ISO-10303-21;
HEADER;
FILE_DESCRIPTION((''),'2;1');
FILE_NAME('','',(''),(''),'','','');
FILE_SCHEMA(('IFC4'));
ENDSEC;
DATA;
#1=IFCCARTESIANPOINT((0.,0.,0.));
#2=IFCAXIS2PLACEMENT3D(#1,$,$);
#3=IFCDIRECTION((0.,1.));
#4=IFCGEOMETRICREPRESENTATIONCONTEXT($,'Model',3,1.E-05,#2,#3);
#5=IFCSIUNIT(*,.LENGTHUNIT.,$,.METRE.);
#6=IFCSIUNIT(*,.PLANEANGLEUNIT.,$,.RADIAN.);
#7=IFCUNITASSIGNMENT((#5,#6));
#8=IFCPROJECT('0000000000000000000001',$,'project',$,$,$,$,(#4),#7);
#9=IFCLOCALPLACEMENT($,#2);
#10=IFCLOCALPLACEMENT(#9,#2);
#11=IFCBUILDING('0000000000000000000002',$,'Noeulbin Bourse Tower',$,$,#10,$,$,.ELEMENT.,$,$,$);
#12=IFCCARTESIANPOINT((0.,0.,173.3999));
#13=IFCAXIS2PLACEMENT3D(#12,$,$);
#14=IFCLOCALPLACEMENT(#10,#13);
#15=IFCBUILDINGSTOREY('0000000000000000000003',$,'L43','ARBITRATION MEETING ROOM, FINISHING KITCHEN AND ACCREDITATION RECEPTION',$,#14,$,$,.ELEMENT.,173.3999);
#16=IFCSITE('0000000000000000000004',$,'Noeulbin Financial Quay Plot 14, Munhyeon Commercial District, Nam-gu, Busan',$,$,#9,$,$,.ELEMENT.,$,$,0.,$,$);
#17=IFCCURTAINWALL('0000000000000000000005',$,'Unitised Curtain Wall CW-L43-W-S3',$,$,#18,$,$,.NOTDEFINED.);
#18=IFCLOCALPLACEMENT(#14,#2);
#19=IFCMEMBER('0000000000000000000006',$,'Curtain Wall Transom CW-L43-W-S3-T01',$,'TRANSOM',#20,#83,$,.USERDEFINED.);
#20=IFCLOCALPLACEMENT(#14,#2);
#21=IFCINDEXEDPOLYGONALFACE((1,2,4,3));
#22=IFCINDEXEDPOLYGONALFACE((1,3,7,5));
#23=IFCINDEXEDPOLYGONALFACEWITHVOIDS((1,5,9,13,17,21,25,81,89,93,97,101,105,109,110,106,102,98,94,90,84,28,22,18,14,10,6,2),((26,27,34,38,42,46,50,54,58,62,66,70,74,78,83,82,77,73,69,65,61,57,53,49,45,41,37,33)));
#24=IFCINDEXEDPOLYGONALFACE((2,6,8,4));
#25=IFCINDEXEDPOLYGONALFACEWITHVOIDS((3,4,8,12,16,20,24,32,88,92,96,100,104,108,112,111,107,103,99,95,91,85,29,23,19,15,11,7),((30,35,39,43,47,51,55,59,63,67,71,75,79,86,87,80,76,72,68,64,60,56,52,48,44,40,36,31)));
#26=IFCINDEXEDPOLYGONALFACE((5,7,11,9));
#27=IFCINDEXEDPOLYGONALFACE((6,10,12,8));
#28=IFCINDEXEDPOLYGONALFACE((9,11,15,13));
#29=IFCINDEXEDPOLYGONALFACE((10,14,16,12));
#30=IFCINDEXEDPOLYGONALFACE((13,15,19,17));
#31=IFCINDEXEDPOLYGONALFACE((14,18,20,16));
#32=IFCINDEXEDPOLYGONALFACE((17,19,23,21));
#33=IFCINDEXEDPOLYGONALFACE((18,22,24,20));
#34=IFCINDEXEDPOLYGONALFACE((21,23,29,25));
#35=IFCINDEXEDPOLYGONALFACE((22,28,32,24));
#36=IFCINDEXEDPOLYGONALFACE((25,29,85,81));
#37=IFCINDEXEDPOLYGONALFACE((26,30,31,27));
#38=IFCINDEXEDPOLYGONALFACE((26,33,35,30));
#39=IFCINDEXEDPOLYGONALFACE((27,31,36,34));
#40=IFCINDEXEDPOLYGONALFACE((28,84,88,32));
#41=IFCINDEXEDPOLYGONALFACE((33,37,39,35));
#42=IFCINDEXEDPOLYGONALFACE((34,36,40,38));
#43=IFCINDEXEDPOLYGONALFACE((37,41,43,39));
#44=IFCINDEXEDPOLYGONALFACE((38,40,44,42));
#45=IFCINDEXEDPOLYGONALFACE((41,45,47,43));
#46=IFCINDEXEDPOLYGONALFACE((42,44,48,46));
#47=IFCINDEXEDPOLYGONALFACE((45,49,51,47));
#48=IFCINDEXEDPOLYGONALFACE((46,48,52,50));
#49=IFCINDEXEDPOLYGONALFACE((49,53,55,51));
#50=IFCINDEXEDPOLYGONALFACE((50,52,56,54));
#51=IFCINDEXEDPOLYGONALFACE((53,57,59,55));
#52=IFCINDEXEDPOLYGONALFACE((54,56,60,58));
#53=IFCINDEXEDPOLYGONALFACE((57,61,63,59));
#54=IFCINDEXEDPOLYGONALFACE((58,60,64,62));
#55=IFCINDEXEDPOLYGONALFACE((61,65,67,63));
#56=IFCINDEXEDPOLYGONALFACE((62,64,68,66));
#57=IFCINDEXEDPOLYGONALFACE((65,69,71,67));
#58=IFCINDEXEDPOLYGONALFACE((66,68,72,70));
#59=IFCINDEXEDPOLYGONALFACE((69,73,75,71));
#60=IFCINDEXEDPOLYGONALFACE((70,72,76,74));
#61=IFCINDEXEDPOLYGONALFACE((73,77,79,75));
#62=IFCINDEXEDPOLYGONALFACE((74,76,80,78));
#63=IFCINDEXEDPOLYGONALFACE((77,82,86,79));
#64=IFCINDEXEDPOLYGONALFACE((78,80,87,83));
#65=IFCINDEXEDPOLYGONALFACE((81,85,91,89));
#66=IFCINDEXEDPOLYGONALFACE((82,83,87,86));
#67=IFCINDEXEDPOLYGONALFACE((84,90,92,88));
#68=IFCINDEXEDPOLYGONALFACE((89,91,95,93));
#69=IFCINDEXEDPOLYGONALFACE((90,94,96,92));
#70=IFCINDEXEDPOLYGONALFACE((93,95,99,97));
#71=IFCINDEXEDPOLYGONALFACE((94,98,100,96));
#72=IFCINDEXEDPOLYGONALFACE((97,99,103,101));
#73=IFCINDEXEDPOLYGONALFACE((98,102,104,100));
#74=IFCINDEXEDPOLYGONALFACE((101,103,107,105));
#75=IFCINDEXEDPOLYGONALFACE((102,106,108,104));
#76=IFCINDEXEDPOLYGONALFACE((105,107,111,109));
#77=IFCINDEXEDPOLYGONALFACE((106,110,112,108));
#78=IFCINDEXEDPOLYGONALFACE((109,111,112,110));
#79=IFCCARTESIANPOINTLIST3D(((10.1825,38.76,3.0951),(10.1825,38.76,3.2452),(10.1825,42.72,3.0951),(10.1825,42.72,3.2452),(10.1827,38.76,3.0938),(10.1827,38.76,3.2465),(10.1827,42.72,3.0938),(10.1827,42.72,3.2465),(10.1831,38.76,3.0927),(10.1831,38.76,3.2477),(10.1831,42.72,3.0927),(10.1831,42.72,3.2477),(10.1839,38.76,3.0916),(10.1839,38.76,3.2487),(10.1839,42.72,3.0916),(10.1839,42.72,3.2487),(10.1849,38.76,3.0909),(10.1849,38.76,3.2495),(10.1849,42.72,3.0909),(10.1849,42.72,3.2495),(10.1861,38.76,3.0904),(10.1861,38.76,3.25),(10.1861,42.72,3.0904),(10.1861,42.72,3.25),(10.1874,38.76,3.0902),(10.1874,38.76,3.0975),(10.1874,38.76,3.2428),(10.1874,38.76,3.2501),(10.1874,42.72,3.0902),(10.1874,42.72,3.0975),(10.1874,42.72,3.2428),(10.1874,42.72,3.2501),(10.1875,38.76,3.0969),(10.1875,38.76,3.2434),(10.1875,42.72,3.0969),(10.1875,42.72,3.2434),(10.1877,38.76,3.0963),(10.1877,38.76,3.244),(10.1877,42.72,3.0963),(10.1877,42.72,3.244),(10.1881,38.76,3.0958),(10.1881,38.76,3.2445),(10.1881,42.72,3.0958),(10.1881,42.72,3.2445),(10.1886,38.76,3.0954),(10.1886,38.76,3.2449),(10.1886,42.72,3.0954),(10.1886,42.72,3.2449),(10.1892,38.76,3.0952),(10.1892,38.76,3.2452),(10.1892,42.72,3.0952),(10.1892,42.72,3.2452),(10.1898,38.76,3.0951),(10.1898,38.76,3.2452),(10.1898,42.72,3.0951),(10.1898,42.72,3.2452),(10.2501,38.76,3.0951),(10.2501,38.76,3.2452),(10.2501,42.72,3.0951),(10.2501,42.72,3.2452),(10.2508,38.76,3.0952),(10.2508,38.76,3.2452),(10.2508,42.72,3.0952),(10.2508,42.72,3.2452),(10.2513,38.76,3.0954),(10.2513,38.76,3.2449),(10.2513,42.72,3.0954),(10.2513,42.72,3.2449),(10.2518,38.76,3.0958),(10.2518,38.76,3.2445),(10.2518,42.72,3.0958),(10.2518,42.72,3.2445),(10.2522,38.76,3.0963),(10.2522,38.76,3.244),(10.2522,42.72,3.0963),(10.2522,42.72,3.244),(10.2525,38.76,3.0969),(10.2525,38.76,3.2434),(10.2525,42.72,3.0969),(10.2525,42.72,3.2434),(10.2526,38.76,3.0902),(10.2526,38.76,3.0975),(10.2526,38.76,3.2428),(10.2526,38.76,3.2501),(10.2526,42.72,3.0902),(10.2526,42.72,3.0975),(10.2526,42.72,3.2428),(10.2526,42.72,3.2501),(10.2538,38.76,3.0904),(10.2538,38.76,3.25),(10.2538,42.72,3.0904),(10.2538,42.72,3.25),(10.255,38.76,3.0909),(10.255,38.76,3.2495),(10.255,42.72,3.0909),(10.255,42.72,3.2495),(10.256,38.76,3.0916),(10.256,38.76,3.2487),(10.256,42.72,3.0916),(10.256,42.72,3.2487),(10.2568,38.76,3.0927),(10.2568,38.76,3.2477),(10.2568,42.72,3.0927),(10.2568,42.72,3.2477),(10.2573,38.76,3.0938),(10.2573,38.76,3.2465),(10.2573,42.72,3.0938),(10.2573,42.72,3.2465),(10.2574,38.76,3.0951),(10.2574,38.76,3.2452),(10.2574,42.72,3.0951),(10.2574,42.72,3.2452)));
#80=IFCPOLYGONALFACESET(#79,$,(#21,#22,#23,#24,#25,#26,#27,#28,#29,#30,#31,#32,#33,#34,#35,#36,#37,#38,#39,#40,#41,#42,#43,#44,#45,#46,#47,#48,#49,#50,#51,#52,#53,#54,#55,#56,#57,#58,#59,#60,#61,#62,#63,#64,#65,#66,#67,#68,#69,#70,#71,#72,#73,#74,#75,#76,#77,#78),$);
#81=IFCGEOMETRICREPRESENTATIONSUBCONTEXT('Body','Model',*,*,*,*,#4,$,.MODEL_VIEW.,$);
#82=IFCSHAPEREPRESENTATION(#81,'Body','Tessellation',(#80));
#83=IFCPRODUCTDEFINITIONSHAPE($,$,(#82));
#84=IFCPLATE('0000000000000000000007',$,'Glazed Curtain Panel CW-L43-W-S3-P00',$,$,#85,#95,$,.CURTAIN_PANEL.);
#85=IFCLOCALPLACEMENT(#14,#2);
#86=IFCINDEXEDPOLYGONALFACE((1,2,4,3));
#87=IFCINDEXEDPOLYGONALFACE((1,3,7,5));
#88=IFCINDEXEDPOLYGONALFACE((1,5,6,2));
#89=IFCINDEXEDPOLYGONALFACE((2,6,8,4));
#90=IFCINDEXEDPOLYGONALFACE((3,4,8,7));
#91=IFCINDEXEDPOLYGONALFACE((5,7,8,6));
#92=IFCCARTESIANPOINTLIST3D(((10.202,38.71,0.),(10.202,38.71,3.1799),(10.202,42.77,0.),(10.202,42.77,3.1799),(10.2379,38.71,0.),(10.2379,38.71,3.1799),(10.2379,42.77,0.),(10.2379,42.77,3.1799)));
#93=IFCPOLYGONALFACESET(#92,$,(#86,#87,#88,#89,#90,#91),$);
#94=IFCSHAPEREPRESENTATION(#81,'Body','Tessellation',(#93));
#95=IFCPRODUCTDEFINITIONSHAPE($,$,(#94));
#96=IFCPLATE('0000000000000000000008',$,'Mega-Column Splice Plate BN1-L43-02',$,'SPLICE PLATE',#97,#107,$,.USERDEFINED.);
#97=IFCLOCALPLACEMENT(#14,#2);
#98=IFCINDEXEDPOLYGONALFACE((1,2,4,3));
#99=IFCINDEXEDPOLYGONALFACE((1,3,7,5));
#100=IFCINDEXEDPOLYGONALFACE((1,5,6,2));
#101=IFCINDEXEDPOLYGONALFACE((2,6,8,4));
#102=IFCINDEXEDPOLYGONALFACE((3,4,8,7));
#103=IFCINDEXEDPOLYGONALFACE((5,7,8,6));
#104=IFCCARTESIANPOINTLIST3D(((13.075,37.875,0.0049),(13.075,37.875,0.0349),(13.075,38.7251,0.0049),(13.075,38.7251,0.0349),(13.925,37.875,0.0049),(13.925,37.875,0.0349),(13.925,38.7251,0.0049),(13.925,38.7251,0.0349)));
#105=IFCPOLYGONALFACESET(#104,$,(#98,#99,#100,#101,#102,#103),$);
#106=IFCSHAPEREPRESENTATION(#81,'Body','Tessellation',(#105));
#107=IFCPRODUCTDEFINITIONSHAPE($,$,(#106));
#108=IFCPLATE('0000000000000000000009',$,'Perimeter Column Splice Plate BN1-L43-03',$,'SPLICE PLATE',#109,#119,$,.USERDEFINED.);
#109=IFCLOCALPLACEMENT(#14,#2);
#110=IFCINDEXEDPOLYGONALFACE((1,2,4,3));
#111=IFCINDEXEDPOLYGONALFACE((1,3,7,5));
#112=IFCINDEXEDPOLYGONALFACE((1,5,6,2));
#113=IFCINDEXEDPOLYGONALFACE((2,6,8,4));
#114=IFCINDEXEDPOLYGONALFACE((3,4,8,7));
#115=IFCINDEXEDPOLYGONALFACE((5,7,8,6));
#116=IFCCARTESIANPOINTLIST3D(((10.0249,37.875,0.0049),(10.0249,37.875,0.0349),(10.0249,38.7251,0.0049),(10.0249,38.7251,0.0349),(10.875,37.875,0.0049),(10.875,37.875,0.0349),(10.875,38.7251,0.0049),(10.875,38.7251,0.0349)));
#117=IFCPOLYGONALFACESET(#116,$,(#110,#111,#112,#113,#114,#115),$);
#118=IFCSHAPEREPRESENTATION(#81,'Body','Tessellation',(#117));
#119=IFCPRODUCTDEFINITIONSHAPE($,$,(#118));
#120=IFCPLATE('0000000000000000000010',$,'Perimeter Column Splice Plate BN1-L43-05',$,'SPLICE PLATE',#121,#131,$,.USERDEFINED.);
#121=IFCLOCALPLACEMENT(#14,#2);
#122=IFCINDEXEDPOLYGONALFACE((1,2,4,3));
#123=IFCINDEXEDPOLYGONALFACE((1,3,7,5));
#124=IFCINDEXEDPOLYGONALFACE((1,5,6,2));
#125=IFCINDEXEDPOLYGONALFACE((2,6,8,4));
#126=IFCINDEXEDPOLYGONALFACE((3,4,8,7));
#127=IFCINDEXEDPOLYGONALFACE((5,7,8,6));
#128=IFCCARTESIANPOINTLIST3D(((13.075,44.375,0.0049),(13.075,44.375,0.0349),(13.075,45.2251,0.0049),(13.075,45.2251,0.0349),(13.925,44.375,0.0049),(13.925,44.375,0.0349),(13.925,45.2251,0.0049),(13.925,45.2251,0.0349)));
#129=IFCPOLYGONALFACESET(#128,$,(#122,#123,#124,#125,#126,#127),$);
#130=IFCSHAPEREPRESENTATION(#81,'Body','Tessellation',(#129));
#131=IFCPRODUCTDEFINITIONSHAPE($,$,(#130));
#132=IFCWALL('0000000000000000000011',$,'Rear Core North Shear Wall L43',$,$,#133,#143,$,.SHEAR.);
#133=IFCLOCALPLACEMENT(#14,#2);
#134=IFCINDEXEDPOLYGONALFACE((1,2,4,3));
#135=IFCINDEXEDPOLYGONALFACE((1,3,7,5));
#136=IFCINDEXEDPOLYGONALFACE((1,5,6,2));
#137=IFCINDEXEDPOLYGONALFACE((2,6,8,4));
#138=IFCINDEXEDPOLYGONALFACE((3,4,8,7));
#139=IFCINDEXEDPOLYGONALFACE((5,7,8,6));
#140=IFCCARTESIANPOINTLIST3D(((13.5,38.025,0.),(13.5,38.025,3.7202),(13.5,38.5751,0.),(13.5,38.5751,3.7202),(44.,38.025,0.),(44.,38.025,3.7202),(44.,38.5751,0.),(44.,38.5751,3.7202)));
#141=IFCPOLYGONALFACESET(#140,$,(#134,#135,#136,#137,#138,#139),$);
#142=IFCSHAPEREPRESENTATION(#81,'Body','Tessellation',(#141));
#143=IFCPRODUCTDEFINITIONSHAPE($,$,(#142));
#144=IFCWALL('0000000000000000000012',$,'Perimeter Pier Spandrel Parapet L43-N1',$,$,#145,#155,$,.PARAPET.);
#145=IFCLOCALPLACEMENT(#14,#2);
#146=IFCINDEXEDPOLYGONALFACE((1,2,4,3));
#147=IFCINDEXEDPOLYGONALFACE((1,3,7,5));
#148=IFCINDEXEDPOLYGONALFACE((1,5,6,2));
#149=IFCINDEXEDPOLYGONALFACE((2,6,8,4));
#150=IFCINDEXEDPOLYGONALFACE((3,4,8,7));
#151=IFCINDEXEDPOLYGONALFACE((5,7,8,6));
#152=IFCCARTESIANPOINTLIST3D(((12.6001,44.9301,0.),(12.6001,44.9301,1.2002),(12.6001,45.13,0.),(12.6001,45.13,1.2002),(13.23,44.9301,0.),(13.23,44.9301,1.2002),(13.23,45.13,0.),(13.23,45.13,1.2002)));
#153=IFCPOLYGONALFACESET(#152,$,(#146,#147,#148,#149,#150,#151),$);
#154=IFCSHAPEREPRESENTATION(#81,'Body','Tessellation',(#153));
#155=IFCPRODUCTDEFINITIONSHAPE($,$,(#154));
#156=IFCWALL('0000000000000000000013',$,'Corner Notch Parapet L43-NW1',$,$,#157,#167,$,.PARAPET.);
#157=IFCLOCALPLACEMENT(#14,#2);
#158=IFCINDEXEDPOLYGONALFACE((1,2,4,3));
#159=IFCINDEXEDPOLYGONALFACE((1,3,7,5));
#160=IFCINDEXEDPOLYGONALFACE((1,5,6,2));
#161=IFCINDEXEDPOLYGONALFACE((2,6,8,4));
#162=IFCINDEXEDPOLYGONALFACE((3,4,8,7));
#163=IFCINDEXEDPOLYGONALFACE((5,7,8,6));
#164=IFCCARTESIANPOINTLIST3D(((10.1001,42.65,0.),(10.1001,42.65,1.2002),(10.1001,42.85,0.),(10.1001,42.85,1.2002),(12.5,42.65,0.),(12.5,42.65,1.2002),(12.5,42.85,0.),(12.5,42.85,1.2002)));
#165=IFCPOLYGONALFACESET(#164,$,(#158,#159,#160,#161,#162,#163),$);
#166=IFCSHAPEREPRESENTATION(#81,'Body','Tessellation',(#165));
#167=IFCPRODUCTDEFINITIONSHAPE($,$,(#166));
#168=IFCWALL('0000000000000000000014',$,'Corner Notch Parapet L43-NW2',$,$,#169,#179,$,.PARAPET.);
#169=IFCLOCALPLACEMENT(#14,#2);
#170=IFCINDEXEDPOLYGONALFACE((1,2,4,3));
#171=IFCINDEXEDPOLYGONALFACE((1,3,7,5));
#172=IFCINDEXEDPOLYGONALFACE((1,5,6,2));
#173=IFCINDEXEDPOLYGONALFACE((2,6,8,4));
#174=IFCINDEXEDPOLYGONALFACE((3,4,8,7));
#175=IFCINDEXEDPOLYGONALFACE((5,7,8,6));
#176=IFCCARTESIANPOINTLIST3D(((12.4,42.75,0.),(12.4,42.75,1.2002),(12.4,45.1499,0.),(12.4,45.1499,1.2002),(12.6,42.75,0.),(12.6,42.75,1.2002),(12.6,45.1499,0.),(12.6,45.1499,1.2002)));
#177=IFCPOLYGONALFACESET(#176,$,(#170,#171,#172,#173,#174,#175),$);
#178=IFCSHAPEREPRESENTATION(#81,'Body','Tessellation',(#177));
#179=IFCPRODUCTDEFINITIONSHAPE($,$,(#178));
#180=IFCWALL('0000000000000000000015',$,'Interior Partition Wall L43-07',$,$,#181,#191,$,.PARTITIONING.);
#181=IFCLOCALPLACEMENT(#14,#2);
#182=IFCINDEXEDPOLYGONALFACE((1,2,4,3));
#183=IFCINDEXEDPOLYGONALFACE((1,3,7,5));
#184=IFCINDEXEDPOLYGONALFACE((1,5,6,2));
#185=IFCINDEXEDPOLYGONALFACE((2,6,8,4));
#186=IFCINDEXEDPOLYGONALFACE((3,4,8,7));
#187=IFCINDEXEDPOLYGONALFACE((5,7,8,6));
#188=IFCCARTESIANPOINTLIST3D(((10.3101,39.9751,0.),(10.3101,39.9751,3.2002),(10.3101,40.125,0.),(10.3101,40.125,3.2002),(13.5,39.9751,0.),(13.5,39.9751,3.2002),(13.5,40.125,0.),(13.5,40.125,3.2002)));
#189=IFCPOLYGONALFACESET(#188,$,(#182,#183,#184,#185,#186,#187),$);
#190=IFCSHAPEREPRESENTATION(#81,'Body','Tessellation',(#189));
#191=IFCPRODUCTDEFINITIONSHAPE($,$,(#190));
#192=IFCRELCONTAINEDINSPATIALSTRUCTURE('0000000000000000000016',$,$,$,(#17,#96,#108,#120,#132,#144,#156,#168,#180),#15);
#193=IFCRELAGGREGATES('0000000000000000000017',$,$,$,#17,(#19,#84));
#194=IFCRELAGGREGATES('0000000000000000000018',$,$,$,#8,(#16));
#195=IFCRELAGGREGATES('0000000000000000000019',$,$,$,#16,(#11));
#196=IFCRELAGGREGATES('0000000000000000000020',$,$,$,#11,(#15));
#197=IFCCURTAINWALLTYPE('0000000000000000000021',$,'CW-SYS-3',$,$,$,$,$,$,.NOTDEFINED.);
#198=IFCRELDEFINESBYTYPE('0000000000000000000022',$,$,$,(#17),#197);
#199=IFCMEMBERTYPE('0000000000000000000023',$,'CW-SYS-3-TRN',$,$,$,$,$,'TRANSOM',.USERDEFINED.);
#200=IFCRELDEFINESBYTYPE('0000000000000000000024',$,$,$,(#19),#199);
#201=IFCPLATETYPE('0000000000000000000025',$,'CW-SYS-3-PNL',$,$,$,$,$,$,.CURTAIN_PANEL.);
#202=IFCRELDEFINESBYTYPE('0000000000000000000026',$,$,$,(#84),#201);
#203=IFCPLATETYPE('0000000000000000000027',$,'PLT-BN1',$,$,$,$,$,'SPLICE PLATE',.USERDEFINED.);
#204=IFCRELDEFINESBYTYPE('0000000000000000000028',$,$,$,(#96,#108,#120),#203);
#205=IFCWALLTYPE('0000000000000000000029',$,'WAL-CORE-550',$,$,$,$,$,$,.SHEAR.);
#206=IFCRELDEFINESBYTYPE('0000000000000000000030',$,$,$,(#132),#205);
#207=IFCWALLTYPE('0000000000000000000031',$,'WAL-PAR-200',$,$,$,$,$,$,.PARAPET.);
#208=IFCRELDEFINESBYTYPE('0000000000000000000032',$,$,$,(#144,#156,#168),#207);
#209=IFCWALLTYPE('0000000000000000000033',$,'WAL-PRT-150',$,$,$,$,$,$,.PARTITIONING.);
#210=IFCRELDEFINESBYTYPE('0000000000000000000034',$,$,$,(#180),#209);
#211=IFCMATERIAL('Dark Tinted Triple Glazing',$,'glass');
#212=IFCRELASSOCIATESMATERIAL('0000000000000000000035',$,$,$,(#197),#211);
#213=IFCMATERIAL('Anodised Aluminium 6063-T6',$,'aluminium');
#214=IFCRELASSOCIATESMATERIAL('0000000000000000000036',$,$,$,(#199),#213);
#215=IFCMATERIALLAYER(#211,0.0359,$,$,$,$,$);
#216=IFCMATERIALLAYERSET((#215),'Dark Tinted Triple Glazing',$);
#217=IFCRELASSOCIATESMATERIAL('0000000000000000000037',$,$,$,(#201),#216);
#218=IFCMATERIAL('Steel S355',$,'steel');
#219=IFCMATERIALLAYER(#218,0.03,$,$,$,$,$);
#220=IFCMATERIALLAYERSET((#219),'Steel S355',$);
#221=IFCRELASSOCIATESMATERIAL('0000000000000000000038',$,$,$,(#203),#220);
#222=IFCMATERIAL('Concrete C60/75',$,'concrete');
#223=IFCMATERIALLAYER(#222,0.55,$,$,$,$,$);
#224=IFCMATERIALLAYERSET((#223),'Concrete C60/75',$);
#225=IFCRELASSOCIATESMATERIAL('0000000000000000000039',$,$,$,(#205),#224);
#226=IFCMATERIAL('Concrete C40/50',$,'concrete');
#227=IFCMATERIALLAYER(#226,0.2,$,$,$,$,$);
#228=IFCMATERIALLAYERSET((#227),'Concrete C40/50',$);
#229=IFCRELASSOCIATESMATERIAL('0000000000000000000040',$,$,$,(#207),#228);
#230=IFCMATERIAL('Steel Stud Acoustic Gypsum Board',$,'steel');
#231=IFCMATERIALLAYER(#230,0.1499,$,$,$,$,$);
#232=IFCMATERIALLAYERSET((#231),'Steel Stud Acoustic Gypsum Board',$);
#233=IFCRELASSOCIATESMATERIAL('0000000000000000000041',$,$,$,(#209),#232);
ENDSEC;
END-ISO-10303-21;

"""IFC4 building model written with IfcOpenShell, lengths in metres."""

from ifc_helpers import new_model, si_unit, direction, frame, frame_2d, origin, origin_2d, place, context, subcontext, project, spatial, rectangle, hollow_rectangle, extrude, material, layer, layer_set, material_profile, profile_set, type_object, element, aggregate, save


model = new_model("IFC4")

# Units and contexts
model_context = context("Model", 3, precision=1e-05, world=origin(), true_north=direction((0.0, 1.0)))
body_context = subcontext(model_context, "Body", "Model", "MODEL_VIEW")
ifc_project = project(units=[si_unit("LENGTHUNIT", "METRE"), si_unit("PLANEANGLEUNIT", "RADIAN")], contexts=[model_context])

# Site, building, storey
site_placement = place(None, origin())
site = spatial("IfcSite", under=ifc_project, at=site_placement, Name="Noeulbin Financial Quay Plot 14, Munhyeon Commercial District, Nam-gu, Busan", CompositionType="ELEMENT", RefElevation=0.0)
building_placement = place(site_placement, origin())
building = spatial("IfcBuilding", under=site, at=building_placement, Name="Noeulbin Bourse Tower", CompositionType="ELEMENT")
storey_placement = place(building_placement, frame((0.0, 0.0, 173.3999)))
storey = spatial("IfcBuildingStorey", under=building, at=storey_placement, Name="L43", Description="ARBITRATION MEETING ROOM, FINISHING KITCHEN AND ACCREDITATION RECEPTION", CompositionType="ELEMENT", Elevation=173.3999)

# Shared definitions
ifc_material_1 = material(Name="Steel S355", Category="steel")

# Shared definitions
ifc_material_2 = material(Name="Dark Tinted Triple Glazing", Category="glass")
curtain_wall_type = type_object("IfcCurtainWallType", Name="CW-SYS-3", PredefinedType="NOTDEFINED", material=ifc_material_2)
ifc_material_3 = material(Name="Anodised Aluminium 6063-T6", Category="aluminium")

# Curtain wall
curtain_wall_1_placement = place(storey_placement, origin())
curtain_wall_1 = element("IfcCurtainWall", 1, at=curtain_wall_1_placement, inside=storey, type_object=curtain_wall_type, Name="Unitised Curtain Wall CW-L43-W-S3", PredefinedType="NOTDEFINED")

# Member
ifc_material_profile_1 = material_profile(ifc_material_3, hollow_rectangle(XDim=0.075, YDim=0.1599, WallThickness=0.0049, InnerFilletRadius=0.0024, OuterFilletRadius=0.0049, at=origin_2d()), Name="ALU-TRAN-75x160x5", Category="LoadBearing")
ifc_profile_set_1 = profile_set([ifc_material_profile_1], Name="Anodised Aluminium 6063-T6")
member_type_1 = type_object("IfcMemberType", Name="CW-SYS-3-TRN", ElementType="TRANSOM", PredefinedType="USERDEFINED", material=ifc_profile_set_1)
member_1_placement = place(storey_placement, frame((10.22, 38.76, 3.1702), z_axis=(0.0, 1.0, 0.0), x_axis=(-1.0, 0.0, 0.0)))
member_1 = element("IfcMember", 2, at=member_1_placement, type_object=member_type_1, Name="Curtain Wall Transom CW-L43-W-S3-T01", ObjectType="TRANSOM", PredefinedType="USERDEFINED", context=body_context, shape_type="SweptSolid", body=[
    extrude(hollow_rectangle(XDim=0.075, YDim=0.1599, WallThickness=0.0049, InnerFilletRadius=0.0024, OuterFilletRadius=0.0049, at=origin_2d()), origin(), (0.0, 0.0, 1.0), 3.96),
])

# Plate
ifc_layer_1 = layer(ifc_material_2, 0.0359)
ifc_layer_set_1 = layer_set([ifc_layer_1], Name="Dark Tinted Triple Glazing")
plate_type_1 = type_object("IfcPlateType", Name="CW-SYS-3-PNL", PredefinedType="CURTAIN_PANEL", material=ifc_layer_set_1)
plate_placement = place(storey_placement, frame((10.22, 40.74, 0.0), z_axis=(0.0, 0.0, 1.0), x_axis=(0.0, 1.0, 0.0)))
plate = element("IfcPlate", 3, at=plate_placement, type_object=plate_type_1, Name="Glazed Curtain Panel CW-L43-W-S3-P00", PredefinedType="CURTAIN_PANEL", context=body_context, shape_type="SweptSolid", body=[
    extrude(rectangle(XDim=4.0601, YDim=0.0359, at=origin_2d()), origin(), (0.0, 0.0, 1.0), 3.1799),
])
aggregate(curtain_wall_1, [member_1, plate])

# Plates
ifc_layer_2 = layer(ifc_material_1, 0.03)
ifc_layer_set_2 = layer_set([ifc_layer_2], Name="Steel S355")
plate_type_2 = type_object("IfcPlateType", Name="PLT-BN1", ElementType="SPLICE PLATE", PredefinedType="USERDEFINED", material=ifc_layer_set_2)
for number, where, z_axis, x_axis, name in (
    (4, (13.5, 38.3, 0.0049), (0.0, 0.0, 1.0), (1.0, 0.0, 0.0), "Mega-Column Splice Plate BN1-L43-02"),
    (5, (10.45, 38.3, 0.0049), (0.0, 0.0, 1.0), (1.0, 0.0, 0.0), "Perimeter Column Splice Plate BN1-L43-03"),
    (6, (13.5, 44.8, 0.0049), (0.0, 0.0, 1.0), (1.0, 0.0, 0.0), "Perimeter Column Splice Plate BN1-L43-05"),
):
    element("IfcPlate", number, at=place(storey_placement, frame(where, z_axis=z_axis, x_axis=x_axis)), inside=storey, type_object=plate_type_2, Name=name, ObjectType="SPLICE PLATE", PredefinedType="USERDEFINED", context=body_context, shape_type="SweptSolid", body=[
        extrude(rectangle(XDim=0.8501, YDim=0.8501, at=origin_2d()), origin(), (0.0, 0.0, 1.0), 0.03),
    ])

# Walls
ifc_material_4 = material(Name="Concrete C60/75", Category="concrete")
ifc_layer_3 = layer(ifc_material_4, 0.55)
ifc_layer_set_3 = layer_set([ifc_layer_3], Name="Concrete C60/75")
wall_type_1 = type_object("IfcWallType", Name="WAL-CORE-550", PredefinedType="SHEAR", material=ifc_layer_set_3)
wall_1_placement = place(storey_placement, frame((13.5, 38.3, 0.0), z_axis=(0.0, 0.0, 1.0), x_axis=(1.0, 0.0, 0.0)))
element("IfcWall", 7, at=wall_1_placement, inside=storey, type_object=wall_type_1, Name="Rear Core North Shear Wall L43", PredefinedType="SHEAR", context=body_context, shape_type="SweptSolid", body=[
    extrude(rectangle(XDim=30.5, YDim=0.55, at=frame_2d((15.25, 0.0))), origin(), (0.0, 0.0, 1.0), 3.7202),
])
ifc_material_5 = material(Name="Concrete C40/50", Category="concrete")
ifc_layer_4 = layer(ifc_material_5, 0.2)
ifc_layer_set_4 = layer_set([ifc_layer_4], Name="Concrete C40/50")
wall_type_2 = type_object("IfcWallType", Name="WAL-PAR-200", PredefinedType="PARAPET", material=ifc_layer_set_4)
wall_2_placement = place(storey_placement, frame((12.6001, 45.03, 0.0), z_axis=(0.0, 0.0, 1.0), x_axis=(1.0, 0.0, 0.0)))
element("IfcWall", 8, at=wall_2_placement, inside=storey, type_object=wall_type_2, Name="Perimeter Pier Spandrel Parapet L43-N1", PredefinedType="PARAPET", context=body_context, shape_type="SweptSolid", body=[
    extrude(rectangle(XDim=0.6299, YDim=0.2, at=frame_2d((0.3149, 0.0))), origin(), (0.0, 0.0, 1.0), 1.2002),
])
for number, where, z_axis, x_axis, name in (
    (9, (10.1001, 42.75, 0.0), (0.0, 0.0, 1.0), (1.0, 0.0, 0.0), "Corner Notch Parapet L43-NW1"),
    (10, (12.5, 42.75, 0.0), (0.0, 0.0, 1.0), (0.0, 1.0, 0.0), "Corner Notch Parapet L43-NW2"),
):
    element("IfcWall", number, at=place(storey_placement, frame(where, z_axis=z_axis, x_axis=x_axis)), inside=storey, type_object=wall_type_2, Name=name, PredefinedType="PARAPET", context=body_context, shape_type="SweptSolid", body=[
        extrude(rectangle(XDim=2.3999, YDim=0.2, at=frame_2d((1.2, 0.0))), origin(), (0.0, 0.0, 1.0), 1.2002),
    ])
ifc_material_6 = material(Name="Steel Stud Acoustic Gypsum Board", Category="steel")
ifc_layer_5 = layer(ifc_material_6, 0.1499)
ifc_layer_set_5 = layer_set([ifc_layer_5], Name="Steel Stud Acoustic Gypsum Board")
wall_type_3 = type_object("IfcWallType", Name="WAL-PRT-150", PredefinedType="PARTITIONING", material=ifc_layer_set_5)
wall_3_placement = place(storey_placement, frame((10.3101, 40.05, 0.0), z_axis=(0.0, 0.0, 1.0), x_axis=(1.0, 0.0, 0.0)))
element("IfcWall", 11, at=wall_3_placement, inside=storey, type_object=wall_type_3, Name="Interior Partition Wall L43-07", PredefinedType="PARTITIONING", context=body_context, shape_type="SweptSolid", body=[
    extrude(rectangle(XDim=3.1899, YDim=0.1499, at=frame_2d((1.595, 0.0))), origin(), (0.0, 0.0, 1.0), 3.2002),
])

save(model, "model.ifc")
